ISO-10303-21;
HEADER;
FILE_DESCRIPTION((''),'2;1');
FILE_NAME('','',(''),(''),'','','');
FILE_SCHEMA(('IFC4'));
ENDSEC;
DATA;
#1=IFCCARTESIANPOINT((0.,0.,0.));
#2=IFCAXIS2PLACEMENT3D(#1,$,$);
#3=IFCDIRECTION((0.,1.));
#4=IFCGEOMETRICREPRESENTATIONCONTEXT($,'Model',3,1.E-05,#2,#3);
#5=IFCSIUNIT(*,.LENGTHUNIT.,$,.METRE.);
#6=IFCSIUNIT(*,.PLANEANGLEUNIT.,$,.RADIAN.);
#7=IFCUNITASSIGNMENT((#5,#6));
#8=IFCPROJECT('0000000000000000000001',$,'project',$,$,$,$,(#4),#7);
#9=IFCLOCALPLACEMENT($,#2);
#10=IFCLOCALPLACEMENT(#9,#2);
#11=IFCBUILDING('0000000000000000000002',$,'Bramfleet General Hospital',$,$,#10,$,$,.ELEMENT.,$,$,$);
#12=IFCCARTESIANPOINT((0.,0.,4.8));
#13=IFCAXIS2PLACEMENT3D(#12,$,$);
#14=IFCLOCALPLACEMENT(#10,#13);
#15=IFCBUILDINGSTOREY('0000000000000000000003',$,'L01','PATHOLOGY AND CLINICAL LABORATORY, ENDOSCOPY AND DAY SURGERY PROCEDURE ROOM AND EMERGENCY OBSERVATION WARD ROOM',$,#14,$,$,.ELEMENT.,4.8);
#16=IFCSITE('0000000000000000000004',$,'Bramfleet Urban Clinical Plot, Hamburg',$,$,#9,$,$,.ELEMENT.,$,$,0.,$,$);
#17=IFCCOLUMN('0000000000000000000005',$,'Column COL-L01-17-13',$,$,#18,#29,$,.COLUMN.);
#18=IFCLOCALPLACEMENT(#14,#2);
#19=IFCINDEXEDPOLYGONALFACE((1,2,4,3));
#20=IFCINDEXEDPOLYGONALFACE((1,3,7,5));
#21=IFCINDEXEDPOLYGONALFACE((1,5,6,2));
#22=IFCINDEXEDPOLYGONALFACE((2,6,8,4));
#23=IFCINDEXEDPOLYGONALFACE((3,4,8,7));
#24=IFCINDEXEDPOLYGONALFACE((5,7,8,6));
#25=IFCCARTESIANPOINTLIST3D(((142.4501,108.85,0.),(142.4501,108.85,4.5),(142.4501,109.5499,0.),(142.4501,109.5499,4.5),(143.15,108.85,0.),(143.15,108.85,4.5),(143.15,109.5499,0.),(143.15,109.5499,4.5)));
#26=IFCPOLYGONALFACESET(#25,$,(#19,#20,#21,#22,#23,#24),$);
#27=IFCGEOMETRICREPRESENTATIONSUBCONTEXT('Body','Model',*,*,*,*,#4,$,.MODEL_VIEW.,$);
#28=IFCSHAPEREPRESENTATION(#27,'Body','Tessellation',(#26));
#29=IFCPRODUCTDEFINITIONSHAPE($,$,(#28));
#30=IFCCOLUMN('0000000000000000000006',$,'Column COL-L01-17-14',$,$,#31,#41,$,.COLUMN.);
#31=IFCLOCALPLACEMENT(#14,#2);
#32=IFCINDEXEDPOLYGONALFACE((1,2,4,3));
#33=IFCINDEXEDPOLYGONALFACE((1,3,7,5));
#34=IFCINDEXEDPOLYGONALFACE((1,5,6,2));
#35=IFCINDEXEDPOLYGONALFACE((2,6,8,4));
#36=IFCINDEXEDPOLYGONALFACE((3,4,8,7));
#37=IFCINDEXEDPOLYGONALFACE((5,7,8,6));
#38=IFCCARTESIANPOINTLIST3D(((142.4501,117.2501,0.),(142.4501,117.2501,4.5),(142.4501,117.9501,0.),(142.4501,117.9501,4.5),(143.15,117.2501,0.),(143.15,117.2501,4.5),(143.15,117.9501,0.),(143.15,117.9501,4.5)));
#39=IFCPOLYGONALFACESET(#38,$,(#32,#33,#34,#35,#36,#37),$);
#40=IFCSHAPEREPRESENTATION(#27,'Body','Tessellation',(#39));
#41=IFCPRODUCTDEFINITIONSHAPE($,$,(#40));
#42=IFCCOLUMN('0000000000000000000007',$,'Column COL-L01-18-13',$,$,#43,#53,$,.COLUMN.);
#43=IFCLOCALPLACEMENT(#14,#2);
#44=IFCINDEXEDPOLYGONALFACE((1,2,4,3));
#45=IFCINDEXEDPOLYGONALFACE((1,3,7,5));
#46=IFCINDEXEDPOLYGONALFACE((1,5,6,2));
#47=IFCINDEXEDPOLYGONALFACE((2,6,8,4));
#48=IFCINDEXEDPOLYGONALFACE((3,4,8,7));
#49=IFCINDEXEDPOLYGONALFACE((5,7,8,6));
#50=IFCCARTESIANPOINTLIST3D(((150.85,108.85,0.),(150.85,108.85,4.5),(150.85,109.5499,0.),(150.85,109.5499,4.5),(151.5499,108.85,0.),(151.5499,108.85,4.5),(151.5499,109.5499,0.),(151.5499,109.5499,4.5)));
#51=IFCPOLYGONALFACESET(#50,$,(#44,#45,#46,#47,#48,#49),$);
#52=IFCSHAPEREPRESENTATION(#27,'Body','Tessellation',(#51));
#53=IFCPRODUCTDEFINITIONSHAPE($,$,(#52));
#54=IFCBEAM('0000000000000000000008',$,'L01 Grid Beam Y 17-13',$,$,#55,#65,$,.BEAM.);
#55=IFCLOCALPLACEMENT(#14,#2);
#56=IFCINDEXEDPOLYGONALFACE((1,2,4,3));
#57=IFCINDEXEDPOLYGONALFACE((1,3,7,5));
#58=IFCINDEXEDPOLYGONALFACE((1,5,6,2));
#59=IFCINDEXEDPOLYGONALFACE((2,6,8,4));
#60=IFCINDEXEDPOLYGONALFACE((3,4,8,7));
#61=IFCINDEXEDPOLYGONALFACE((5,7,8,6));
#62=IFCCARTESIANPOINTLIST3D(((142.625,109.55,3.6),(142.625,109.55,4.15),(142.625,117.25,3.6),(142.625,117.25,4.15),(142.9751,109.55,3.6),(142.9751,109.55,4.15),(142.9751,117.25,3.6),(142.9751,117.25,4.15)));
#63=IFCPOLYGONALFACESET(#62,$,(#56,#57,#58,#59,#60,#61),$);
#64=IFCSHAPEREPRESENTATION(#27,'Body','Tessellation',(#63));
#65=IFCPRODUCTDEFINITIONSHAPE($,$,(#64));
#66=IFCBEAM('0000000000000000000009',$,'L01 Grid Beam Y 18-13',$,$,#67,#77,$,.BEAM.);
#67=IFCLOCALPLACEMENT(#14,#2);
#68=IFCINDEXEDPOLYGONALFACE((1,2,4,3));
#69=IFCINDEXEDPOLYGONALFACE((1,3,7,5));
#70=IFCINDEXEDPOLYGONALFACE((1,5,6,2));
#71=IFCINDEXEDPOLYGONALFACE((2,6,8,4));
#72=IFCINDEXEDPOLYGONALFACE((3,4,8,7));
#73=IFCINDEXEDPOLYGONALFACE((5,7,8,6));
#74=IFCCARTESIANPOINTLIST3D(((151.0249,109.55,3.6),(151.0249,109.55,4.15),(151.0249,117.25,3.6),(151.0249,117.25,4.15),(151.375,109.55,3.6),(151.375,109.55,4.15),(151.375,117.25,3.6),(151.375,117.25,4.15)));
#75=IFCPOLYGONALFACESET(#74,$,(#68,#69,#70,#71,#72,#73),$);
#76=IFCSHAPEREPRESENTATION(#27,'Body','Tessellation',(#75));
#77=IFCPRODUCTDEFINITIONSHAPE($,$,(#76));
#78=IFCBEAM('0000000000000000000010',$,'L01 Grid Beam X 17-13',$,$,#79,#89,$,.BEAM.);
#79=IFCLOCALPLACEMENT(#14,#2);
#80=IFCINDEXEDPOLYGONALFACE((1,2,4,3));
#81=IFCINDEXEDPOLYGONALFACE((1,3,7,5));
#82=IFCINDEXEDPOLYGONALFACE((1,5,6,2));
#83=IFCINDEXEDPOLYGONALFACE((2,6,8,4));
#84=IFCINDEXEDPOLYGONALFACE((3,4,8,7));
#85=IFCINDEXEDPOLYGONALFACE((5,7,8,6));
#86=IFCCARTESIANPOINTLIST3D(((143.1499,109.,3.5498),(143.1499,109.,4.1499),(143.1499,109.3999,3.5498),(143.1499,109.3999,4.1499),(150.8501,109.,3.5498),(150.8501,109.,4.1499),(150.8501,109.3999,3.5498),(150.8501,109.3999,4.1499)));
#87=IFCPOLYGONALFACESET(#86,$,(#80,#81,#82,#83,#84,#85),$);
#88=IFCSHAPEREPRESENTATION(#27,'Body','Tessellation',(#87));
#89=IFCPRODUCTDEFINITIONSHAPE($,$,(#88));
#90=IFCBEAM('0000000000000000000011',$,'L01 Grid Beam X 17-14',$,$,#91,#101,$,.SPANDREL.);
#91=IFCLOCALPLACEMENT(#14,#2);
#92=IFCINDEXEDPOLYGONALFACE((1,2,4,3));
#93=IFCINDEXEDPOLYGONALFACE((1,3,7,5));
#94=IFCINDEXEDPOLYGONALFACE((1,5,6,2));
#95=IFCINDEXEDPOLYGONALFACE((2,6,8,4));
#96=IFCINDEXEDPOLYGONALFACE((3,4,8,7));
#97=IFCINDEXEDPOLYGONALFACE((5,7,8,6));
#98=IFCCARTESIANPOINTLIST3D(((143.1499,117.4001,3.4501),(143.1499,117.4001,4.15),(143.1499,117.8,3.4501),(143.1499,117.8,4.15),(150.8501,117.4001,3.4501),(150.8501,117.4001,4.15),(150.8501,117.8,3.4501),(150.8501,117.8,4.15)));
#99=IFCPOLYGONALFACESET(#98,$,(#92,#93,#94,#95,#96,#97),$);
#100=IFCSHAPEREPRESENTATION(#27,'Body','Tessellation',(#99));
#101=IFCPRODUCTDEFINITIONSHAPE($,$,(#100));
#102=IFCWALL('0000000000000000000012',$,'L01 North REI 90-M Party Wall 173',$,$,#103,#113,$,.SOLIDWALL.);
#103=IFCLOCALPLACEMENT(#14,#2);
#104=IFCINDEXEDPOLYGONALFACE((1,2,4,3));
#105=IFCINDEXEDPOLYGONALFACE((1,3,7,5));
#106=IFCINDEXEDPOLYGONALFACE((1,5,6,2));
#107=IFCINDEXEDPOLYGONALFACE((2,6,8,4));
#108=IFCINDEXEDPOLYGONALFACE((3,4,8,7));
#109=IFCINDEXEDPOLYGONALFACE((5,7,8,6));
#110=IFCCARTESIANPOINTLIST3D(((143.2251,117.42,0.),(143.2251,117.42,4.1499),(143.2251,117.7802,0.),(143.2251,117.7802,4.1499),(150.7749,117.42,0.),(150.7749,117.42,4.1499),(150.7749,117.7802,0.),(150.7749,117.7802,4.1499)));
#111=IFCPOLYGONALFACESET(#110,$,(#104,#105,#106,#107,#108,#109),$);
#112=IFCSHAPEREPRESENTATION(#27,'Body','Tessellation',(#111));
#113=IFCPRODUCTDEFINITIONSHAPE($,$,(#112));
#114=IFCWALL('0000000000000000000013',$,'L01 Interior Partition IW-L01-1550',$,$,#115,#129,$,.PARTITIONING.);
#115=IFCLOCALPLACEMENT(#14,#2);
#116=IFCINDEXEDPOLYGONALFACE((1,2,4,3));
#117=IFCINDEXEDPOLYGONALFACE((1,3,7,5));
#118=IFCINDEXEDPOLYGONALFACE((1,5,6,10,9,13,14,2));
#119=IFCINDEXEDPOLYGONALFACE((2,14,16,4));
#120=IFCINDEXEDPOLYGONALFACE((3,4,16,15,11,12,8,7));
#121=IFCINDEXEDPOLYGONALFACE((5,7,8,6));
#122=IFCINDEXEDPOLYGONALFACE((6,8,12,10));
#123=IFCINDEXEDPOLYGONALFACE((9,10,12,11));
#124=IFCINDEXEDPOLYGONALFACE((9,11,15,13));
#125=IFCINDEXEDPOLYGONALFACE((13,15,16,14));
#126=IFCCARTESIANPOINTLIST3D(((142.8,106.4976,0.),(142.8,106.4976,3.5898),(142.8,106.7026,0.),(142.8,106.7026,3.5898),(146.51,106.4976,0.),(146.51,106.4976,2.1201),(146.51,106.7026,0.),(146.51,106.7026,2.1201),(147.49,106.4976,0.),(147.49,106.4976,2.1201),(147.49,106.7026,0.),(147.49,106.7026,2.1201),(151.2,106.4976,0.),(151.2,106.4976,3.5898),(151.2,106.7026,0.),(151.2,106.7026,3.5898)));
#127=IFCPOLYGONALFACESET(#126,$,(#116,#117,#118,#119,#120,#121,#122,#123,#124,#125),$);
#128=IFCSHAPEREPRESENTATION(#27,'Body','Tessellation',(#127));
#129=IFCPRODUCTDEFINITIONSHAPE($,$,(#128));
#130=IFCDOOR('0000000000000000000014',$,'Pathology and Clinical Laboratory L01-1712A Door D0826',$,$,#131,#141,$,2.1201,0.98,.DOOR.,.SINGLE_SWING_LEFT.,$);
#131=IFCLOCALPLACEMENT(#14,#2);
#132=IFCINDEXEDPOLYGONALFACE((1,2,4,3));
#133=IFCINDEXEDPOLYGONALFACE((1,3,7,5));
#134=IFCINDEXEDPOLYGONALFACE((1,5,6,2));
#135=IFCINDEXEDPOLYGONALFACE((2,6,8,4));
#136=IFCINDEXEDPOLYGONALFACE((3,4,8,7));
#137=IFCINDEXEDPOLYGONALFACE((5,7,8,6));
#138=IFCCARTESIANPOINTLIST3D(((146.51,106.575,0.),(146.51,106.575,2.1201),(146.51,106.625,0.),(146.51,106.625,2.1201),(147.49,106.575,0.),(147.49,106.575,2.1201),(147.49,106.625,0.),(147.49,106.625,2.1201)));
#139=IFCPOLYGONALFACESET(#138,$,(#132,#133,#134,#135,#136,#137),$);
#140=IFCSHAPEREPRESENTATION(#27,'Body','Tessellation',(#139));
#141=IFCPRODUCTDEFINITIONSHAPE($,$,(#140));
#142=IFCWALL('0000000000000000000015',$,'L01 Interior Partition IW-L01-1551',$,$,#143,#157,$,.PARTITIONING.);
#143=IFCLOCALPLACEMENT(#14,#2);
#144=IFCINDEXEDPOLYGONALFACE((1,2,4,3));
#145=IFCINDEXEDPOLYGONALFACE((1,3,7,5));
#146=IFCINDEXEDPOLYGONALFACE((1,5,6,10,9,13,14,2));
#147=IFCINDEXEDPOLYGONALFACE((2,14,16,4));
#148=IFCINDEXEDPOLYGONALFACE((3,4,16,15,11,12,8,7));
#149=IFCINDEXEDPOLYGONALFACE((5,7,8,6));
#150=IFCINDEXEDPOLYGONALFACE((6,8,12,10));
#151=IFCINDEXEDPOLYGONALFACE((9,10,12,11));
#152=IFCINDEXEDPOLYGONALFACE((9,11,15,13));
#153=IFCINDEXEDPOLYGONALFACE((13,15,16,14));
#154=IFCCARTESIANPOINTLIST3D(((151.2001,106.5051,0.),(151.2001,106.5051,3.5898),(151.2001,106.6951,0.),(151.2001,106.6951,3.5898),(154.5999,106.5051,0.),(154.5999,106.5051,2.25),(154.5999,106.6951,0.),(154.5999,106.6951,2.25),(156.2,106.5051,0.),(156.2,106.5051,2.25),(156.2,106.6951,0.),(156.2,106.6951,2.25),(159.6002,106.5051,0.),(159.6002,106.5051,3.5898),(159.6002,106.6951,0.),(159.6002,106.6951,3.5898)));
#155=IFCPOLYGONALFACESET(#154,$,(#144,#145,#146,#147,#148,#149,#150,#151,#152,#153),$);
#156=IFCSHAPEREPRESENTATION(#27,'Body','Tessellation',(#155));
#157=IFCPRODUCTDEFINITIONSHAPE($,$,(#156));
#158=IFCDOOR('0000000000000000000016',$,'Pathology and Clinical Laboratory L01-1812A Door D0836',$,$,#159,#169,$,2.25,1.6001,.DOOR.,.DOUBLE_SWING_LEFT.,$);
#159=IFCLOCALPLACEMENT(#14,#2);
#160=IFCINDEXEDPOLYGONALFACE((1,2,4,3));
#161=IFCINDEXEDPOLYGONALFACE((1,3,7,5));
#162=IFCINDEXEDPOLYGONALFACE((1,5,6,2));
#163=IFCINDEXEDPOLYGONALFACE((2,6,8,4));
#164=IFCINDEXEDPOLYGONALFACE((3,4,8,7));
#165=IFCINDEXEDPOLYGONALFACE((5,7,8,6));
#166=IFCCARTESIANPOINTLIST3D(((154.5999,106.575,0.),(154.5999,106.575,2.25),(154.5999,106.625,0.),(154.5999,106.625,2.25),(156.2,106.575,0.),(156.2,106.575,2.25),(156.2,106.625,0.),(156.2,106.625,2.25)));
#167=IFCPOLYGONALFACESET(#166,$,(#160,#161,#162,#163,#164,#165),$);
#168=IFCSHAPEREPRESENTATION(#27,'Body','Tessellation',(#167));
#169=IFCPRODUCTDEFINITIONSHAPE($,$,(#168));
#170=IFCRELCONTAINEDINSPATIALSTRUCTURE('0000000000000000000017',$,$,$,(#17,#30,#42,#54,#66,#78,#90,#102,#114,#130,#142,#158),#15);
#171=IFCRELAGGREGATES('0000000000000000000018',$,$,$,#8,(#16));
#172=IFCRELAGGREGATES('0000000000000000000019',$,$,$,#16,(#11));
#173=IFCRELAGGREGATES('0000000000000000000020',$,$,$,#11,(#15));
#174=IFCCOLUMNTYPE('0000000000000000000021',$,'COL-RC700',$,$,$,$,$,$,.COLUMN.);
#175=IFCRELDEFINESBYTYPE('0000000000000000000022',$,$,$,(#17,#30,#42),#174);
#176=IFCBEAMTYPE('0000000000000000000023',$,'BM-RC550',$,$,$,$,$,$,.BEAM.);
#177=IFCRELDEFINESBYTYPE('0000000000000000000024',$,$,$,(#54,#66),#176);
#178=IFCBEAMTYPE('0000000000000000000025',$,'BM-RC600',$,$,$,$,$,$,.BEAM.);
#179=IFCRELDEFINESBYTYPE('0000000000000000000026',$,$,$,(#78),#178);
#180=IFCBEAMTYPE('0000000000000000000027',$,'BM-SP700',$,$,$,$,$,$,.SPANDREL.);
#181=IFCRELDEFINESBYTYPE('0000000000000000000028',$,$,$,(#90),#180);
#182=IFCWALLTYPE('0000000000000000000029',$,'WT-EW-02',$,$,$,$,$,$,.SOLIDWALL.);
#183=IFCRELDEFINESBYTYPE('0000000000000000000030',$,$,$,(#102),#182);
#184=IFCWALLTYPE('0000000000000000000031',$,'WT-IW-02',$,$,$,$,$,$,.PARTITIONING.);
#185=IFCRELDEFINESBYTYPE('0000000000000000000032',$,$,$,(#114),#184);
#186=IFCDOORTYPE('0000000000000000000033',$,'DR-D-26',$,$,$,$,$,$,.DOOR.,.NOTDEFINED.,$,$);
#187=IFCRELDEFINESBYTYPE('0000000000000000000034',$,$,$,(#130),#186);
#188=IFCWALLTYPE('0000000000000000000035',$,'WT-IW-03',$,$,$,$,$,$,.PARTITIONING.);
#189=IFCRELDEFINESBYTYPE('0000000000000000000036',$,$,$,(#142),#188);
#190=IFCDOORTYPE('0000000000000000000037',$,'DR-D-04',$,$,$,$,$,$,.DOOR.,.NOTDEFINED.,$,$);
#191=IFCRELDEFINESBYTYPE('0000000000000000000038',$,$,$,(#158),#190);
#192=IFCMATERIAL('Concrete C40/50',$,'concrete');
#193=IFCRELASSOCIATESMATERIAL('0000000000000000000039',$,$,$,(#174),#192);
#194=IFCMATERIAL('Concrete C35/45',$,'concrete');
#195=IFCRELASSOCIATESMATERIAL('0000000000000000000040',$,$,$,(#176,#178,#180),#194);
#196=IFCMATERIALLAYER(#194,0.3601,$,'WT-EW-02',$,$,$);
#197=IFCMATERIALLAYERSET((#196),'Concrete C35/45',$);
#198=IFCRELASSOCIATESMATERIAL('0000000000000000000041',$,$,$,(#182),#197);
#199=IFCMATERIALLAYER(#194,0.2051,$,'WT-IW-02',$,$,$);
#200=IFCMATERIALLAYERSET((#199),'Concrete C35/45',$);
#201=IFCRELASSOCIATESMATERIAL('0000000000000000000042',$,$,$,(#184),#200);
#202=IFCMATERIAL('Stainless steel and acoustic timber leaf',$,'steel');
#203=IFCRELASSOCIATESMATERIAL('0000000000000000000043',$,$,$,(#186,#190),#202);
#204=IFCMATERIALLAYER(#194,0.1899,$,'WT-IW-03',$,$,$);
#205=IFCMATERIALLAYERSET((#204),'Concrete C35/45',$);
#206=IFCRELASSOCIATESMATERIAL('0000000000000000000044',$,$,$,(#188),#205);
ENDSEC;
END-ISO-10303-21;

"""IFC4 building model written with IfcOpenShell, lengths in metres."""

from ifc_helpers import new_model, si_unit, direction, frame, frame_2d, origin, origin_2d, place, context, subcontext, project, spatial, rectangle, extrude, material, layer, layer_set, material_profile, profile_set, type_object, element, fill, save


model = new_model("IFC4")

# Units and contexts
model_context = context("Model", 3, precision=1e-05, world=origin(), true_north=direction((0.0, 1.0)))
body_context = subcontext(model_context, "Body", "Model", "MODEL_VIEW")
ifc_project = project(units=[si_unit("LENGTHUNIT", "METRE"), si_unit("PLANEANGLEUNIT", "RADIAN")], contexts=[model_context])

# Site, building, storey
site_placement = place(None, origin())
site = spatial("IfcSite", under=ifc_project, at=site_placement, Name="Bramfleet Urban Clinical Plot, Hamburg", CompositionType="ELEMENT", RefElevation=0.0)
building_placement = place(site_placement, origin())
building = spatial("IfcBuilding", under=site, at=building_placement, Name="Bramfleet General Hospital", CompositionType="ELEMENT")
storey_placement = place(building_placement, frame((0.0, 0.0, 4.8)))
storey = spatial("IfcBuildingStorey", under=building, at=storey_placement, Name="L01", Description="PATHOLOGY AND CLINICAL LABORATORY, ENDOSCOPY AND DAY SURGERY PROCEDURE ROOM AND EMERGENCY OBSERVATION WARD ROOM", CompositionType="ELEMENT", Elevation=4.8)

# Columns
ifc_material_1 = material(Name="Concrete C40/50", Category="concrete")
ifc_material_profile_1 = material_profile(ifc_material_1, rectangle(XDim=0.7, YDim=0.7, at=origin_2d()), Name="RC COL 700x700")
ifc_profile_set_1 = profile_set([ifc_material_profile_1], Name="Concrete C40/50")
column_type = type_object("IfcColumnType", Name="COL-RC700", PredefinedType="COLUMN", material=ifc_profile_set_1)
for number, where, z_axis, x_axis, name in (
    (1, (142.8, 109.2, 0.0), (0.0, 0.0, 1.0), (1.0, 0.0, 0.0), "Column COL-L01-17-13"),
    (2, (142.8, 117.6001, 0.0), (0.0, 0.0, 1.0), (1.0, 0.0, 0.0), "Column COL-L01-17-14"),
    (3, (151.2, 109.2, 0.0), (0.0, 0.0, 1.0), (1.0, 0.0, 0.0), "Column COL-L01-18-13"),
):
    element("IfcColumn", number, at=place(storey_placement, frame(where, z_axis=z_axis, x_axis=x_axis)), inside=storey, type_object=column_type, Name=name, PredefinedType="COLUMN", context=body_context, shape_type="SweptSolid", body=[
        extrude(rectangle(XDim=0.7, YDim=0.7, at=origin_2d()), origin(), (0.0, 0.0, 1.0), 4.5),
    ])

# Beams
ifc_material_2 = material(Name="Concrete C35/45", Category="concrete")
ifc_material_profile_2 = material_profile(ifc_material_2, rectangle(XDim=0.3501, YDim=0.55, at=origin_2d()), Name="RC BM 550x350")
ifc_profile_set_2 = profile_set([ifc_material_profile_2], Name="Concrete C35/45")
beam_type_1 = type_object("IfcBeamType", Name="BM-RC550", PredefinedType="BEAM", material=ifc_profile_set_2)
for number, where, z_axis, x_axis, name in (
    (4, (142.8, 109.55, 3.875), (0.0, 1.0, 0.0), (-1.0, 0.0, 0.0), "L01 Grid Beam Y 17-13"),
    (5, (151.2, 109.55, 3.875), (0.0, 1.0, 0.0), (-1.0, 0.0, 0.0), "L01 Grid Beam Y 18-13"),
):
    element("IfcBeam", number, at=place(storey_placement, frame(where, z_axis=z_axis, x_axis=x_axis)), inside=storey, type_object=beam_type_1, Name=name, PredefinedType="BEAM", context=body_context, shape_type="SweptSolid", body=[
        extrude(rectangle(XDim=0.3501, YDim=0.55, at=origin_2d()), origin(), (0.0, 0.0, 1.0), 7.7),
    ])
ifc_material_profile_3 = material_profile(ifc_material_2, rectangle(XDim=0.3999, YDim=0.6001, at=origin_2d()), Name="RC BM 600x400")
ifc_profile_set_3 = profile_set([ifc_material_profile_3], Name="Concrete C35/45")
beam_type_2 = type_object("IfcBeamType", Name="BM-RC600", PredefinedType="BEAM", material=ifc_profile_set_3)
beam_1_placement = place(storey_placement, frame((143.1499, 109.2, 3.8499), z_axis=(1.0, 0.0, 0.0), x_axis=(0.0, 1.0, 0.0)))
element("IfcBeam", 6, at=beam_1_placement, inside=storey, type_object=beam_type_2, Name="L01 Grid Beam X 17-13", PredefinedType="BEAM", context=body_context, shape_type="SweptSolid", body=[
    extrude(rectangle(XDim=0.3999, YDim=0.6001, at=origin_2d()), origin(), (0.0, 0.0, 1.0), 7.7002),
])
ifc_material_profile_4 = material_profile(ifc_material_2, rectangle(XDim=0.3999, YDim=0.7, at=origin_2d()), Name="RC SP 700x400")
ifc_profile_set_4 = profile_set([ifc_material_profile_4], Name="Concrete C35/45")
beam_type_3 = type_object("IfcBeamType", Name="BM-SP700", PredefinedType="SPANDREL", material=ifc_profile_set_4)
beam_2_placement = place(storey_placement, frame((143.1499, 117.6001, 3.8), z_axis=(1.0, 0.0, 0.0), x_axis=(0.0, 1.0, 0.0)))
element("IfcBeam", 7, at=beam_2_placement, inside=storey, type_object=beam_type_3, Name="L01 Grid Beam X 17-14", PredefinedType="SPANDREL", context=body_context, shape_type="SweptSolid", body=[
    extrude(rectangle(XDim=0.3999, YDim=0.7, at=origin_2d()), origin(), (0.0, 0.0, 1.0), 7.7002),
])

# Wall
ifc_layer_1 = layer(ifc_material_2, 0.3601, Name="WT-EW-02")
ifc_layer_set_1 = layer_set([ifc_layer_1], Name="Concrete C35/45")
wall_type_1 = type_object("IfcWallType", Name="WT-EW-02", PredefinedType="SOLIDWALL", material=ifc_layer_set_1)
wall_1_placement = place(storey_placement, frame((143.2251, 117.6001, 0.0), z_axis=(0.0, 0.0, 1.0), x_axis=(1.0, 0.0, 0.0)))
element("IfcWall", 8, at=wall_1_placement, inside=storey, type_object=wall_type_1, Name="L01 North REI 90-M Party Wall 173", PredefinedType="SOLIDWALL", context=body_context, shape_type="SweptSolid", body=[
    extrude(rectangle(XDim=7.5498, YDim=0.3601, at=frame_2d((3.7749, 0.0))), origin(), (0.0, 0.0, 1.0), 4.1499),
])

# Walls, openings, doors
ifc_layer_2 = layer(ifc_material_2, 0.2051, Name="WT-IW-02")
ifc_layer_set_2 = layer_set([ifc_layer_2], Name="Concrete C35/45")
wall_type_2 = type_object("IfcWallType", Name="WT-IW-02", PredefinedType="PARTITIONING", material=ifc_layer_set_2)
wall_2_placement = place(storey_placement, frame((142.8, 106.6001, 0.0), z_axis=(0.0, 0.0, 1.0), x_axis=(1.0, 0.0, 0.0)))
wall_2 = element("IfcWall", 9, at=wall_2_placement, inside=storey, type_object=wall_type_2, Name="L01 Interior Partition IW-L01-1550", PredefinedType="PARTITIONING", context=body_context, shape_type="SweptSolid", body=[
    extrude(rectangle(XDim=8.3999, YDim=0.2051, at=frame_2d((4.2, 0.0))), origin(), (0.0, 0.0, 1.0), 3.5898),
])
opening_1_placement = place(wall_2_placement, frame((3.71, 0.0, 0.0)))
opening_1 = element("IfcOpeningElement", 10, at=opening_1_placement, cuts=wall_2, PredefinedType="OPENING", context=body_context, shape_type="SweptSolid", body=[
    extrude(rectangle(XDim=0.98, YDim=2.1201, at=frame_2d((0.49, 1.0601))), frame((0.0, 0.1125, 0.0), z_axis=(0.0, -1.0, 0.0), x_axis=(1.0, 0.0, 0.0)), (0.0, 0.0, 1.0), 0.2251),
])
ifc_material_3 = material(Name="Stainless steel and acoustic timber leaf", Category="steel")
door_type_1 = type_object("IfcDoorType", Name="DR-D-26", OperationType="NOTDEFINED", PredefinedType="DOOR", material=ifc_material_3)
door_1_placement = place(opening_1_placement, origin())
door_1 = element("IfcDoor", 11, at=door_1_placement, inside=storey, type_object=door_type_1, Name="Pathology and Clinical Laboratory L01-1712A Door D0826", OperationType="SINGLE_SWING_LEFT", OverallHeight=2.1201, OverallWidth=0.98, PredefinedType="DOOR", context=body_context, shape_type="SweptSolid", body=[
    extrude(rectangle(XDim=0.98, YDim=2.1201, at=frame_2d((0.49, 1.0601))), frame((0.0, 0.0249, 0.0), z_axis=(0.0, -1.0, 0.0), x_axis=(1.0, 0.0, 0.0)), (0.0, 0.0, 1.0), 0.05),
])
fill(opening_1, door_1)
ifc_layer_3 = layer(ifc_material_2, 0.1899, Name="WT-IW-03")
ifc_layer_set_3 = layer_set([ifc_layer_3], Name="Concrete C35/45")
wall_type_3 = type_object("IfcWallType", Name="WT-IW-03", PredefinedType="PARTITIONING", material=ifc_layer_set_3)
wall_3_placement = place(storey_placement, frame((151.2, 106.6001, 0.0), z_axis=(0.0, 0.0, 1.0), x_axis=(1.0, 0.0, 0.0)))
wall_3 = element("IfcWall", 12, at=wall_3_placement, inside=storey, type_object=wall_type_3, Name="L01 Interior Partition IW-L01-1551", PredefinedType="PARTITIONING", context=body_context, shape_type="SweptSolid", body=[
    extrude(rectangle(XDim=8.4001, YDim=0.1899, at=frame_2d((4.2002, 0.0))), origin(), (0.0, 0.0, 1.0), 3.5898),
])
opening_2_placement = place(wall_3_placement, frame((3.3999, 0.0, 0.0)))
opening_2 = element("IfcOpeningElement", 13, at=opening_2_placement, cuts=wall_3, PredefinedType="OPENING", context=body_context, shape_type="SweptSolid", body=[
    extrude(rectangle(XDim=1.6001, YDim=2.25, at=frame_2d((0.8, 1.125))), frame((0.0, 0.105, 0.0), z_axis=(0.0, -1.0, 0.0), x_axis=(1.0, 0.0, 0.0)), (0.0, 0.0, 1.0), 0.21),
])
door_type_2 = type_object("IfcDoorType", Name="DR-D-04", OperationType="NOTDEFINED", PredefinedType="DOOR", material=ifc_material_3)
door_2_placement = place(opening_2_placement, origin())
door_2 = element("IfcDoor", 14, at=door_2_placement, inside=storey, type_object=door_type_2, Name="Pathology and Clinical Laboratory L01-1812A Door D0836", OperationType="DOUBLE_SWING_LEFT", OverallHeight=2.25, OverallWidth=1.6001, PredefinedType="DOOR", context=body_context, shape_type="SweptSolid", body=[
    extrude(rectangle(XDim=1.6001, YDim=2.25, at=frame_2d((0.8, 1.125))), frame((0.0, 0.0249, 0.0), z_axis=(0.0, -1.0, 0.0), x_axis=(1.0, 0.0, 0.0)), (0.0, 0.0, 1.0), 0.05),
])
fill(opening_2, door_2)

save(model, "model.ifc")
